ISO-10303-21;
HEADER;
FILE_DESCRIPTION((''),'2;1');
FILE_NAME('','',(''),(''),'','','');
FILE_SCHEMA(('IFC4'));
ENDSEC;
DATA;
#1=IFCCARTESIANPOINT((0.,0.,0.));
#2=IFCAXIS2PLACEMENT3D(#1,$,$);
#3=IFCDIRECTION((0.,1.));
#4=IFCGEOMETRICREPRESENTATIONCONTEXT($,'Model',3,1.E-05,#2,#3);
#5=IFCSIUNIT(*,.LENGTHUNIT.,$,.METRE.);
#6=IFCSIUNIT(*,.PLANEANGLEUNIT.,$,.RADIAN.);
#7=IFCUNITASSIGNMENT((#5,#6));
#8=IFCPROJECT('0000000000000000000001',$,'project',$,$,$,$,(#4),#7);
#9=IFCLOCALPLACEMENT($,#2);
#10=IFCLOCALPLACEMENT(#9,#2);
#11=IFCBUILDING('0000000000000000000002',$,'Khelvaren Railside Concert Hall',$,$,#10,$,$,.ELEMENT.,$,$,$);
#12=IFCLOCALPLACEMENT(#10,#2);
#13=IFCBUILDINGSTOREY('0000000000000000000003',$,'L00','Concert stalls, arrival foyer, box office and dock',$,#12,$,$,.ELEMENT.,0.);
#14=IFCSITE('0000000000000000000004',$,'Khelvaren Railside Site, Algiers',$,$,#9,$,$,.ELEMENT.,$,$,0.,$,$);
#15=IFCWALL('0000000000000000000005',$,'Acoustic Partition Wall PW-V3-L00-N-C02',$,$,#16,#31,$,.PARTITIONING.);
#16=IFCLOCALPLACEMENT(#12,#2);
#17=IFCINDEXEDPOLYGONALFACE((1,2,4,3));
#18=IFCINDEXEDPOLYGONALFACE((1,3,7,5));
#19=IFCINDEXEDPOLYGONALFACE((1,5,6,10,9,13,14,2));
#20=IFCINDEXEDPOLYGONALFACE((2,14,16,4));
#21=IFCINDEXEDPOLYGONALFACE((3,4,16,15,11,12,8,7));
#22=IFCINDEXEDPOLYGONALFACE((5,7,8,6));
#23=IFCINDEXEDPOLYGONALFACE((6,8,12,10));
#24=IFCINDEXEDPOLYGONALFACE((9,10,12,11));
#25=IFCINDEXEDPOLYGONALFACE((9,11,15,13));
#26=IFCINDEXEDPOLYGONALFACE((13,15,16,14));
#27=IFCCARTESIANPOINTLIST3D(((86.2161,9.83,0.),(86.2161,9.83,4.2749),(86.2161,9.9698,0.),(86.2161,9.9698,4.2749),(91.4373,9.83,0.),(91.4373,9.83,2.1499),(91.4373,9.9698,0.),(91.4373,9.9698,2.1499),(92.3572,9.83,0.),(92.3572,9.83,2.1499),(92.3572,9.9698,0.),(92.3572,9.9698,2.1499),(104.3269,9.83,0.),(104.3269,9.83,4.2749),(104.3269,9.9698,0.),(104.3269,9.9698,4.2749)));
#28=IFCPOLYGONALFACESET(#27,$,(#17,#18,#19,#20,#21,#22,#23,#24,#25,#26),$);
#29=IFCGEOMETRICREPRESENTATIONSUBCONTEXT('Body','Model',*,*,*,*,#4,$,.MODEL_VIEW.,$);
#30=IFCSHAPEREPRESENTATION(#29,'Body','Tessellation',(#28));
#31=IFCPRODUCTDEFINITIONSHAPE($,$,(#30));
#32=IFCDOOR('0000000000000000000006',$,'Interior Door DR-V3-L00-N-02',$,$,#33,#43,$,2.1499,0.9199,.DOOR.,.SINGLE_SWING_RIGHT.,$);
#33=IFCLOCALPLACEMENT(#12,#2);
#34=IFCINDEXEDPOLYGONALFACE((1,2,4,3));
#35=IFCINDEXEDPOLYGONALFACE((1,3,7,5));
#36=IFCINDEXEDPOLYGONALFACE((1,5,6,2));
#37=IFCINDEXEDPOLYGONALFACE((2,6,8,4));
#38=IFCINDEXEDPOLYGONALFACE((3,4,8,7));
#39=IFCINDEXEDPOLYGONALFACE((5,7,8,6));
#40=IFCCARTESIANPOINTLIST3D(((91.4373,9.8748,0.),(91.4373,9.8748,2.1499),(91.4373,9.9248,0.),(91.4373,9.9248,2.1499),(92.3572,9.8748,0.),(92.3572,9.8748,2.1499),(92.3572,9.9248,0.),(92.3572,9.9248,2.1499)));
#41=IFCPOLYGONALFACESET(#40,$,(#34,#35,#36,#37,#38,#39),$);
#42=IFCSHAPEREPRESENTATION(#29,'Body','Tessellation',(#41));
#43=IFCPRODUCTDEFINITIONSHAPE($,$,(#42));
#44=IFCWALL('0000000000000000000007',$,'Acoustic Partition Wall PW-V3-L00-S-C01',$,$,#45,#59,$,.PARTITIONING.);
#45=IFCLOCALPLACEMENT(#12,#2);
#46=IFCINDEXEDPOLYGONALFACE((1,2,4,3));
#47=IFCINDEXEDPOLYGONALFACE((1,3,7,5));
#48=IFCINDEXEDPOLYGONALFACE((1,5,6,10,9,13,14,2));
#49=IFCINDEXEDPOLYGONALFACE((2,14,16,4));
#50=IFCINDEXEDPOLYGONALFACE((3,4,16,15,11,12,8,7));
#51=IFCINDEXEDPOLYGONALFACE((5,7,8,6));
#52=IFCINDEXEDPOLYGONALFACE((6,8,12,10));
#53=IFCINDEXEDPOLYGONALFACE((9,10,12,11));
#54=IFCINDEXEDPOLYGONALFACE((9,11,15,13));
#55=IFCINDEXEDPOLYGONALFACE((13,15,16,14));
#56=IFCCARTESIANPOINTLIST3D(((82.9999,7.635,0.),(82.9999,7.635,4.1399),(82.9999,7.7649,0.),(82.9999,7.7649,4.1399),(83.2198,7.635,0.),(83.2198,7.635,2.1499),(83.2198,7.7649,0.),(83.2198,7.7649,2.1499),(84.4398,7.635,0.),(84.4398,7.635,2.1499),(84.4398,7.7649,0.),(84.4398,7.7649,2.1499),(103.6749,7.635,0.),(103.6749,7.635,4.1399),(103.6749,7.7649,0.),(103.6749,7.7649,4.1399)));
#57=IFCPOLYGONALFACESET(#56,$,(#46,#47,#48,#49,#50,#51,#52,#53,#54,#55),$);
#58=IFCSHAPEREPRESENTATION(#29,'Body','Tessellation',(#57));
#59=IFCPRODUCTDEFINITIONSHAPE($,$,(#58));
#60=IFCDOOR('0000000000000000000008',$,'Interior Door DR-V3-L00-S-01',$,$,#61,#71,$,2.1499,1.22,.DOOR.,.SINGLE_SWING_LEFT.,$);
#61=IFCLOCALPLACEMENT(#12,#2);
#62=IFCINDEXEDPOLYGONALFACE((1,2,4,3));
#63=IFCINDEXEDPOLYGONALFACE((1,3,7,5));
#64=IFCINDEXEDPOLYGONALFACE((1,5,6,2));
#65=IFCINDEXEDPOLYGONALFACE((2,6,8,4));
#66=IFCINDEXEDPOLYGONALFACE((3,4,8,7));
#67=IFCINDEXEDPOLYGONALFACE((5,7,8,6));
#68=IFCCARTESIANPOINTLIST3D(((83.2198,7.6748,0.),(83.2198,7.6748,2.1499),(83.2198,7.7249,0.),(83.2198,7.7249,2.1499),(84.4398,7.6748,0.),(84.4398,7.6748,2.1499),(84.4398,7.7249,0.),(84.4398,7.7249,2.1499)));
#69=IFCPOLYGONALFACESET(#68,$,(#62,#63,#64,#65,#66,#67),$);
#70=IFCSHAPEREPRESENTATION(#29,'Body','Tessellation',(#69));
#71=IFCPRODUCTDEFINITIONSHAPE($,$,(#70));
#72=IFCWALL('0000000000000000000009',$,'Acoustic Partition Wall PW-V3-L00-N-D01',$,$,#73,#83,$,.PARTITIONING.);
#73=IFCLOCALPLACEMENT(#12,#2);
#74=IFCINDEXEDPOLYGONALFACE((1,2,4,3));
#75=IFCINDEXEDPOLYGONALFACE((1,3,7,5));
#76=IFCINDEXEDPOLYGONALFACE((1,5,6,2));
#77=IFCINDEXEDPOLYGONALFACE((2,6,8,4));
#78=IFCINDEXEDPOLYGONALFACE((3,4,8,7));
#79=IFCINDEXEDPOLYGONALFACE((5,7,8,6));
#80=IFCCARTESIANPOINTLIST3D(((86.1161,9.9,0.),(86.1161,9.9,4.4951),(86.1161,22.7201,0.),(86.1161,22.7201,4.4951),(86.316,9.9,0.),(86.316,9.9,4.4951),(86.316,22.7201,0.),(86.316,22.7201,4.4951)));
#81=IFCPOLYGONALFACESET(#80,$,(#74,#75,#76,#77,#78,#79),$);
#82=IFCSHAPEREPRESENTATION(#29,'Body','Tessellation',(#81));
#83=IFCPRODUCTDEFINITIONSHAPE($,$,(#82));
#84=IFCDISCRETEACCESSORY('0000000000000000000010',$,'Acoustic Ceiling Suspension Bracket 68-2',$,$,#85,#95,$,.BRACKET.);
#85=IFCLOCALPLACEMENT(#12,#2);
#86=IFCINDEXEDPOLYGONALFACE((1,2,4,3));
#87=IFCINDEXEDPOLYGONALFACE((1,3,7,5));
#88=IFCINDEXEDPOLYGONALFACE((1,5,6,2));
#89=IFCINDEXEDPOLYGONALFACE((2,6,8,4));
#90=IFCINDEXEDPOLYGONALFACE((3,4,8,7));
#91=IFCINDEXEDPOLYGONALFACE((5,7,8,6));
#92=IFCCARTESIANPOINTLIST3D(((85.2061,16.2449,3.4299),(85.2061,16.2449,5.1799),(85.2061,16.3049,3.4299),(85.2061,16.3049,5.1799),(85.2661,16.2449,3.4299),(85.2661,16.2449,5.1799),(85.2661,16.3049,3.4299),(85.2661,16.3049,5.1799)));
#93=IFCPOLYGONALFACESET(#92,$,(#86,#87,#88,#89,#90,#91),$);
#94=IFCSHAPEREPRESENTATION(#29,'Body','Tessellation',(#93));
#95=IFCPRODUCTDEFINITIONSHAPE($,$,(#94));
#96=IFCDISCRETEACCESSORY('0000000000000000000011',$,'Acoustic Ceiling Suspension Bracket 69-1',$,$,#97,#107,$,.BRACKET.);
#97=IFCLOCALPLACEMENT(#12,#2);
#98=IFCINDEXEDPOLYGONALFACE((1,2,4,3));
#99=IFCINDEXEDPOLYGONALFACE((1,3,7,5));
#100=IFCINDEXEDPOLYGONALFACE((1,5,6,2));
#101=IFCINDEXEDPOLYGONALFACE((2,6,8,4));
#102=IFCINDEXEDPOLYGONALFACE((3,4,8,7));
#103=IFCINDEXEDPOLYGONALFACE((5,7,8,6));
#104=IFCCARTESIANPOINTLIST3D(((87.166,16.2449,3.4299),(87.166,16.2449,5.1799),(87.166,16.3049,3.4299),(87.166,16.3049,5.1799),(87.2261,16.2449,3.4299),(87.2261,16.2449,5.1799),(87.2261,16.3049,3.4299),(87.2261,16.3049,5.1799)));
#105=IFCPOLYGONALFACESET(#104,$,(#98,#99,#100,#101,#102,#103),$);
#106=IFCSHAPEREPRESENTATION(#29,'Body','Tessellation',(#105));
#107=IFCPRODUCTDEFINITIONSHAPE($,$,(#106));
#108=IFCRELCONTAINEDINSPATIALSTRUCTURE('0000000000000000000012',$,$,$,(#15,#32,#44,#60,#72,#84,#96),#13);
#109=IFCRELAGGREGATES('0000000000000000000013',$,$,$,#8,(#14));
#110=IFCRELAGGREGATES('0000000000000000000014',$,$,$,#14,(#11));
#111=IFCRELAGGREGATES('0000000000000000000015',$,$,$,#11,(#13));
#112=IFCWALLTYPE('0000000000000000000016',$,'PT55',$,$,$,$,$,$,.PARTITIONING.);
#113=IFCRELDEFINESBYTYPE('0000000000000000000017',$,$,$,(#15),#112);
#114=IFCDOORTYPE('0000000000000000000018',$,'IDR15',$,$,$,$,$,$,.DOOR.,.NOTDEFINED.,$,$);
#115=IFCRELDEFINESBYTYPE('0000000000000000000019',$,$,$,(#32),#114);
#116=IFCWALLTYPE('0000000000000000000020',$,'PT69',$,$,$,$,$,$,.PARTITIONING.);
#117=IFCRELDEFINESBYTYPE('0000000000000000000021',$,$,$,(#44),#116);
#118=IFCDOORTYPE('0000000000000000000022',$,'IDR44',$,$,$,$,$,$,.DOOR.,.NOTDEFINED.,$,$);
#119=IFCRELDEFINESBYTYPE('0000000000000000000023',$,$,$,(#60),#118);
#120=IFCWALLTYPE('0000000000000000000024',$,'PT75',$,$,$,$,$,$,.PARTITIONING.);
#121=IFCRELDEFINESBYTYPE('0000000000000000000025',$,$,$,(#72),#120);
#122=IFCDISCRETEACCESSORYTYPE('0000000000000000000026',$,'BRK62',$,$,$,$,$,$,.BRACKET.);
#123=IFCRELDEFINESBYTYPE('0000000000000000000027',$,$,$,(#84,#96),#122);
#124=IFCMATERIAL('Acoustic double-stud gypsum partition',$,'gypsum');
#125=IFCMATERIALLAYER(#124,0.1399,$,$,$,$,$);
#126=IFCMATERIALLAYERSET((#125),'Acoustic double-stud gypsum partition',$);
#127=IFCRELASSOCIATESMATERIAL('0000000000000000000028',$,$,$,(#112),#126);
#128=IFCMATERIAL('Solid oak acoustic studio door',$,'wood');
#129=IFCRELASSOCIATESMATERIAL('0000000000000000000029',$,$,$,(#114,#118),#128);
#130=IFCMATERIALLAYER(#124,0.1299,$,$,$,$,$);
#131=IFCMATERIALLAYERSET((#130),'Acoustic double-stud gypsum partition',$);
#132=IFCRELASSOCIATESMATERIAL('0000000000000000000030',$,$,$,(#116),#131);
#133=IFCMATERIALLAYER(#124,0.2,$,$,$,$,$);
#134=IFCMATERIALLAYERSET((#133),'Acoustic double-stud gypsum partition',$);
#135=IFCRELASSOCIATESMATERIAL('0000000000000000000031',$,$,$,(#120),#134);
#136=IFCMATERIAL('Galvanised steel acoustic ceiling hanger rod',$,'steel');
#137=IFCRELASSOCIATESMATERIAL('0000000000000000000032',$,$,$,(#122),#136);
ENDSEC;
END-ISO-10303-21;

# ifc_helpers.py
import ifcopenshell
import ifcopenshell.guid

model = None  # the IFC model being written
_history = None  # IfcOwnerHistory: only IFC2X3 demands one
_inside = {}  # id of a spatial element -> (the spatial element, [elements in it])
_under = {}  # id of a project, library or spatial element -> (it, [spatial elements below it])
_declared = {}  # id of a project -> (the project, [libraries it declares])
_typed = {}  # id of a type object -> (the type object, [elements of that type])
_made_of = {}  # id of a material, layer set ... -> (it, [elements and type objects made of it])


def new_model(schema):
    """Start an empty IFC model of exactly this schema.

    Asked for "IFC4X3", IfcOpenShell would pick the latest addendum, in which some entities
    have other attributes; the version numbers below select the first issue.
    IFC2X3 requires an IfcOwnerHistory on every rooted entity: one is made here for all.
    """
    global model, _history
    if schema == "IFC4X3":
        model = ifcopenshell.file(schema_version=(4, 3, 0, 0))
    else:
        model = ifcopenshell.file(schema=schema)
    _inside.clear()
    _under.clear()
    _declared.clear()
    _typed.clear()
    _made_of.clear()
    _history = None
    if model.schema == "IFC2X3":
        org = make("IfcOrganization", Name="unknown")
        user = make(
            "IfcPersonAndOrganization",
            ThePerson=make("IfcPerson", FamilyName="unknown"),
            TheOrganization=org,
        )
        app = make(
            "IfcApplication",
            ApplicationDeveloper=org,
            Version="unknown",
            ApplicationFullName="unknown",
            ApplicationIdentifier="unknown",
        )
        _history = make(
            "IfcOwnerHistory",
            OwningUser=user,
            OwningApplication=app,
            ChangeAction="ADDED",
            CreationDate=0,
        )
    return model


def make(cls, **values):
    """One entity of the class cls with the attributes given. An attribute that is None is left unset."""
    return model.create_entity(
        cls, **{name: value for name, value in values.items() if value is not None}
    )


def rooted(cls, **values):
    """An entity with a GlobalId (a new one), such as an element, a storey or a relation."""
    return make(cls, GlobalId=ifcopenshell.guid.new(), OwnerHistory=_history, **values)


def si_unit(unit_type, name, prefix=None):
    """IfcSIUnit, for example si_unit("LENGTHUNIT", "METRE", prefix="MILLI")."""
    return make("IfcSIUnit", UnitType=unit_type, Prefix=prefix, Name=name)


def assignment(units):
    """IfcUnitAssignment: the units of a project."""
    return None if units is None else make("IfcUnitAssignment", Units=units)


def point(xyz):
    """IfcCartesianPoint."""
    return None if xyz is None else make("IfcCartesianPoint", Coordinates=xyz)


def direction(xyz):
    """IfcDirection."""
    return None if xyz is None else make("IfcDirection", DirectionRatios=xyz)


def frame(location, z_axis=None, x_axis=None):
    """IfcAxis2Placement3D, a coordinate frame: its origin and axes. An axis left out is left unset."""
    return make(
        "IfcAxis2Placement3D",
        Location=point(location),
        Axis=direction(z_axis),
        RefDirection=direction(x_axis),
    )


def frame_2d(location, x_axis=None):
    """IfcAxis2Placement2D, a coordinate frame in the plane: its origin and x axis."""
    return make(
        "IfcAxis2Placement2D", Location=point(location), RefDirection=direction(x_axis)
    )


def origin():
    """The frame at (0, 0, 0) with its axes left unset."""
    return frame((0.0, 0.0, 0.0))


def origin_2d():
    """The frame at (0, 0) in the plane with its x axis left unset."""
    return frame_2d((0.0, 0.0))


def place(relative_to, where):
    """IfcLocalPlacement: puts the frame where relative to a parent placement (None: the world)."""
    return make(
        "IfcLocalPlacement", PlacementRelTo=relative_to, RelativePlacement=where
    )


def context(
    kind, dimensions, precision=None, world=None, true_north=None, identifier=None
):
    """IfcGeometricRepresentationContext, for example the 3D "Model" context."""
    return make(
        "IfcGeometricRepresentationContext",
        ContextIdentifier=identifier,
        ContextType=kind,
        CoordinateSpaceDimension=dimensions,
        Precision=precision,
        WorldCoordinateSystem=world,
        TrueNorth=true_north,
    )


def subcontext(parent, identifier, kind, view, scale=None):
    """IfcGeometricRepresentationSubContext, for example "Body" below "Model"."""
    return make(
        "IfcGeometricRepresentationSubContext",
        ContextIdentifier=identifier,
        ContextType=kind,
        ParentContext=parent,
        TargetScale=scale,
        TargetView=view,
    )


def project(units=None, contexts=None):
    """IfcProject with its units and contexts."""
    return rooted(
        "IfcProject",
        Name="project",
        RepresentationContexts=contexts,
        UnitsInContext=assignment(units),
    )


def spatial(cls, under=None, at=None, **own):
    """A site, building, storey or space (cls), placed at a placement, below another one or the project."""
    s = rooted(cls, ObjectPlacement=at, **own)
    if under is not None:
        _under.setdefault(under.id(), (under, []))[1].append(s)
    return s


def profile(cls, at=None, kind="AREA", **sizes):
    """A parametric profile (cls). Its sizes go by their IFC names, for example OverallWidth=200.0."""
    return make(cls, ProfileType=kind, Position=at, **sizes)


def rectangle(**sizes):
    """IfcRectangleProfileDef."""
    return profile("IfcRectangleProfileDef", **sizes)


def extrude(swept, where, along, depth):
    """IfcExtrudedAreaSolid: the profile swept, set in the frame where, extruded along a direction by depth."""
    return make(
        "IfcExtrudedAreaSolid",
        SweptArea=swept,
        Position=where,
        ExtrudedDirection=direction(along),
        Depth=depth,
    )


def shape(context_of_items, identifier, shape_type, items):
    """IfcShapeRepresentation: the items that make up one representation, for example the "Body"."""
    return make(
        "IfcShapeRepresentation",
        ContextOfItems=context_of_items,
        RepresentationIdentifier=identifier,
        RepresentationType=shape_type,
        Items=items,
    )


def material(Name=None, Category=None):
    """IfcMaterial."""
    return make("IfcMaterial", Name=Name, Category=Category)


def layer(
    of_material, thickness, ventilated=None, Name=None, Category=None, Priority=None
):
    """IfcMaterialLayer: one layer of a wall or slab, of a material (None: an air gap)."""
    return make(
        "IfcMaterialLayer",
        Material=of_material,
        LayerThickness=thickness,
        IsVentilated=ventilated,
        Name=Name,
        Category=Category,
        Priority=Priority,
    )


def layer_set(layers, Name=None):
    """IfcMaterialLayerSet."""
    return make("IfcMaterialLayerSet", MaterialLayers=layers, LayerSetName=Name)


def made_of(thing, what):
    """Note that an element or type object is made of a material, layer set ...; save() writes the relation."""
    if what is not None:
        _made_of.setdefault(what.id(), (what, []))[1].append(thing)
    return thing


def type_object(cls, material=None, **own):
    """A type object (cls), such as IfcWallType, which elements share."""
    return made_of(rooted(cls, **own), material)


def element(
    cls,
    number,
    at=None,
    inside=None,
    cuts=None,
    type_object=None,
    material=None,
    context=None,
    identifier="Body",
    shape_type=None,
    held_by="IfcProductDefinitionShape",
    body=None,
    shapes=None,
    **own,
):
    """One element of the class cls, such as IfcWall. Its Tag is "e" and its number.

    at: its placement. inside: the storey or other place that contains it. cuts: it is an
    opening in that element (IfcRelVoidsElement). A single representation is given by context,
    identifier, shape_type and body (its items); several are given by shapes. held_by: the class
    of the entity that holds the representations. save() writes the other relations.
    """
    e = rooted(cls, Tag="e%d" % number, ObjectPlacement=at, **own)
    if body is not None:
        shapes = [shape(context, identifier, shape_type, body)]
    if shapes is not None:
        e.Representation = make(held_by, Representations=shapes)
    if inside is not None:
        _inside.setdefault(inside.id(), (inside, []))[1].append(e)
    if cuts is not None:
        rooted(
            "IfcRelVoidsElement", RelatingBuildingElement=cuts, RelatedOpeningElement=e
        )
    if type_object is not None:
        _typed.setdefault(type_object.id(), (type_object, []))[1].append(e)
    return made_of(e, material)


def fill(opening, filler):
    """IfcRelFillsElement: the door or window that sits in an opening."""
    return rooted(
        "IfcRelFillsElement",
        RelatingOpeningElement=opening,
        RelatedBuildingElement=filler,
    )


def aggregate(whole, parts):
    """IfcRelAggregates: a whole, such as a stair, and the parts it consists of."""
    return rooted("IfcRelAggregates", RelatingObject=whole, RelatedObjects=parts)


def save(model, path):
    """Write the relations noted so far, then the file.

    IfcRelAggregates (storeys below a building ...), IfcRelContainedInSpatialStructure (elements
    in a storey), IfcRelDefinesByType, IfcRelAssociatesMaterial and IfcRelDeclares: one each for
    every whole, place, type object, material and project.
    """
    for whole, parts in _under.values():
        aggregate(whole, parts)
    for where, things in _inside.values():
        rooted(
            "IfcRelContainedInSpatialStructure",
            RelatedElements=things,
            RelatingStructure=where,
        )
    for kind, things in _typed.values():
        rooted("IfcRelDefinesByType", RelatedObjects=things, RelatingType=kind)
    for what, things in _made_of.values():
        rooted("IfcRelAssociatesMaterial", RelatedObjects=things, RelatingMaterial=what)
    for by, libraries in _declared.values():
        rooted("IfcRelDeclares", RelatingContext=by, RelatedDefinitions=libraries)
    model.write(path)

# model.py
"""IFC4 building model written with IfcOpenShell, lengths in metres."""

from ifc_helpers import new_model, si_unit, direction, frame, frame_2d, origin, origin_2d, place, context, subcontext, project, spatial, rectangle, extrude, material, layer, layer_set, type_object, element, fill, save


model = new_model("IFC4")

# Units and contexts
model_context = context("Model", 3, precision=1e-05, world=origin(), true_north=direction((0.0, 1.0)))
body_context = subcontext(model_context, "Body", "Model", "MODEL_VIEW")
ifc_project = project(units=[si_unit("LENGTHUNIT", "METRE"), si_unit("PLANEANGLEUNIT", "RADIAN")], contexts=[model_context])

# Site, building, storey
site_placement = place(None, origin())
site = spatial("IfcSite", under=ifc_project, at=site_placement, Name="Khelvaren Railside Site, Algiers", CompositionType="ELEMENT", RefElevation=0.0)
building_placement = place(site_placement, origin())
building = spatial("IfcBuilding", under=site, at=building_placement, Name="Khelvaren Railside Concert Hall", CompositionType="ELEMENT")
storey_placement = place(building_placement, origin())
storey = spatial("IfcBuildingStorey", under=building, at=storey_placement, Name="L00", Description="Concert stalls, arrival foyer, box office and dock", CompositionType="ELEMENT", Elevation=0.0)

# Walls, openings, doors
ifc_material_1 = material(Name="Acoustic double-stud gypsum partition", Category="gypsum")
ifc_layer_1 = layer(ifc_material_1, 0.1399)
ifc_layer_set_1 = layer_set([ifc_layer_1], Name="Acoustic double-stud gypsum partition")
wall_type_1 = type_object("IfcWallType", Name="PT55", PredefinedType="PARTITIONING", material=ifc_layer_set_1)
wall_1_placement = place(storey_placement, frame((86.2161, 9.8999, 0.0), z_axis=(0.0, 0.0, 1.0), x_axis=(1.0, 0.0, 0.0)))
wall_1 = element("IfcWall", 1, at=wall_1_placement, inside=storey, type_object=wall_type_1, Name="Acoustic Partition Wall PW-V3-L00-N-C02", PredefinedType="PARTITIONING", context=body_context, shape_type="SweptSolid", body=[
    extrude(rectangle(XDim=18.1108, YDim=0.1399, at=frame_2d((9.0554, 0.0))), origin(), (0.0, 0.0, 1.0), 4.2749),
])
opening_1_placement = place(wall_1_placement, frame((5.2212, 0.0, 0.0)))
opening_1 = element("IfcOpeningElement", 2, at=opening_1_placement, cuts=wall_1, PredefinedType="OPENING", context=body_context, shape_type="SweptSolid", body=[
    extrude(rectangle(XDim=0.9199, YDim=2.1499, at=frame_2d((0.46, 1.075))), frame((0.0, 0.0798, 0.0), z_axis=(0.0, -1.0, 0.0), x_axis=(1.0, 0.0, 0.0)), (0.0, 0.0, 1.0), 0.1599),
])
ifc_material_2 = material(Name="Solid oak acoustic studio door", Category="wood")
door_type_1 = type_object("IfcDoorType", Name="IDR15", OperationType="NOTDEFINED", PredefinedType="DOOR", material=ifc_material_2)
door_1_placement = place(opening_1_placement, origin())
door_1 = element("IfcDoor", 3, at=door_1_placement, inside=storey, type_object=door_type_1, Name="Interior Door DR-V3-L00-N-02", OperationType="SINGLE_SWING_RIGHT", OverallHeight=2.1499, OverallWidth=0.9199, PredefinedType="DOOR", context=body_context, shape_type="SweptSolid", body=[
    extrude(rectangle(XDim=0.9199, YDim=2.1499, at=frame_2d((0.46, 1.075))), frame((0.0, 0.0249, 0.0), z_axis=(0.0, -1.0, 0.0), x_axis=(1.0, 0.0, 0.0)), (0.0, 0.0, 1.0), 0.05),
])
fill(opening_1, door_1)
ifc_layer_2 = layer(ifc_material_1, 0.1299)
ifc_layer_set_2 = layer_set([ifc_layer_2], Name="Acoustic double-stud gypsum partition")
wall_type_2 = type_object("IfcWallType", Name="PT69", PredefinedType="PARTITIONING", material=ifc_layer_set_2)
wall_2_placement = place(storey_placement, frame((83.0, 7.7, 0.0), z_axis=(0.0, 0.0, 1.0), x_axis=(1.0, 0.0, 0.0)))
wall_2 = element("IfcWall", 4, at=wall_2_placement, inside=storey, type_object=wall_type_2, Name="Acoustic Partition Wall PW-V3-L00-S-C01", PredefinedType="PARTITIONING", context=body_context, shape_type="SweptSolid", body=[
    extrude(rectangle(XDim=20.675, YDim=0.1299, at=frame_2d((10.3374, 0.0))), origin(), (0.0, 0.0, 1.0), 4.1399),
])
opening_2_placement = place(wall_2_placement, frame((0.22, 0.0, 0.0)))
opening_2 = element("IfcOpeningElement", 5, at=opening_2_placement, cuts=wall_2, PredefinedType="OPENING", context=body_context, shape_type="SweptSolid", body=[
    extrude(rectangle(XDim=1.22, YDim=2.1499, at=frame_2d((0.6099, 1.075))), frame((0.0, 0.075, 0.0), z_axis=(0.0, -1.0, 0.0), x_axis=(1.0, 0.0, 0.0)), (0.0, 0.0, 1.0), 0.1499),
])
door_type_2 = type_object("IfcDoorType", Name="IDR44", OperationType="NOTDEFINED", PredefinedType="DOOR", material=ifc_material_2)
door_2_placement = place(opening_2_placement, origin())
door_2 = element("IfcDoor", 6, at=door_2_placement, inside=storey, type_object=door_type_2, Name="Interior Door DR-V3-L00-S-01", OperationType="SINGLE_SWING_LEFT", OverallHeight=2.1499, OverallWidth=1.22, PredefinedType="DOOR", context=body_context, shape_type="SweptSolid", body=[
    extrude(rectangle(XDim=1.22, YDim=2.1499, at=frame_2d((0.6099, 1.075))), frame((0.0, 0.0249, 0.0), z_axis=(0.0, -1.0, 0.0), x_axis=(1.0, 0.0, 0.0)), (0.0, 0.0, 1.0), 0.05),
])
fill(opening_2, door_2)

# Wall
ifc_layer_3 = layer(ifc_material_1, 0.2)
ifc_layer_set_3 = layer_set([ifc_layer_3], Name="Acoustic double-stud gypsum partition")
wall_type_3 = type_object("IfcWallType", Name="PT75", PredefinedType="PARTITIONING", material=ifc_layer_set_3)
wall_3_placement = place(storey_placement, frame((86.2161, 9.8999, 0.0), z_axis=(0.0, 0.0, 1.0), x_axis=(0.0, 1.0, 0.0)))
element("IfcWall", 7, at=wall_3_placement, inside=storey, type_object=wall_type_3, Name="Acoustic Partition Wall PW-V3-L00-N-D01", PredefinedType="PARTITIONING", context=body_context, shape_type="SweptSolid", body=[
    extrude(rectangle(XDim=12.8201, YDim=0.2, at=frame_2d((6.4102, 0.0))), origin(), (0.0, 0.0, 1.0), 4.4951),
])

# Discrete accessories
ifc_material_3 = material(Name="Galvanised steel acoustic ceiling hanger rod", Category="steel")
discrete_accessory_type = type_object("IfcDiscreteAccessoryType", Name="BRK62", PredefinedType="BRACKET", material=ifc_material_3)
for number, where, z_axis, x_axis, name in (
    (8, (85.2361, 16.2749, 3.4299), (0.0, 0.0, 1.0), (1.0, 0.0, 0.0), "Acoustic Ceiling Suspension Bracket 68-2"),
    (9, (87.196, 16.2749, 3.4299), (0.0, 0.0, 1.0), (1.0, 0.0, 0.0), "Acoustic Ceiling Suspension Bracket 69-1"),
):
    element("IfcDiscreteAccessory", number, at=place(storey_placement, frame(where, z_axis=z_axis, x_axis=x_axis)), inside=storey, type_object=discrete_accessory_type, Name=name, PredefinedType="BRACKET", context=body_context, shape_type="SweptSolid", body=[
        extrude(rectangle(XDim=0.0601, YDim=0.0601, at=origin_2d()), origin(), (0.0, 0.0, 1.0), 1.75),
    ])

save(model, "model.ifc")
